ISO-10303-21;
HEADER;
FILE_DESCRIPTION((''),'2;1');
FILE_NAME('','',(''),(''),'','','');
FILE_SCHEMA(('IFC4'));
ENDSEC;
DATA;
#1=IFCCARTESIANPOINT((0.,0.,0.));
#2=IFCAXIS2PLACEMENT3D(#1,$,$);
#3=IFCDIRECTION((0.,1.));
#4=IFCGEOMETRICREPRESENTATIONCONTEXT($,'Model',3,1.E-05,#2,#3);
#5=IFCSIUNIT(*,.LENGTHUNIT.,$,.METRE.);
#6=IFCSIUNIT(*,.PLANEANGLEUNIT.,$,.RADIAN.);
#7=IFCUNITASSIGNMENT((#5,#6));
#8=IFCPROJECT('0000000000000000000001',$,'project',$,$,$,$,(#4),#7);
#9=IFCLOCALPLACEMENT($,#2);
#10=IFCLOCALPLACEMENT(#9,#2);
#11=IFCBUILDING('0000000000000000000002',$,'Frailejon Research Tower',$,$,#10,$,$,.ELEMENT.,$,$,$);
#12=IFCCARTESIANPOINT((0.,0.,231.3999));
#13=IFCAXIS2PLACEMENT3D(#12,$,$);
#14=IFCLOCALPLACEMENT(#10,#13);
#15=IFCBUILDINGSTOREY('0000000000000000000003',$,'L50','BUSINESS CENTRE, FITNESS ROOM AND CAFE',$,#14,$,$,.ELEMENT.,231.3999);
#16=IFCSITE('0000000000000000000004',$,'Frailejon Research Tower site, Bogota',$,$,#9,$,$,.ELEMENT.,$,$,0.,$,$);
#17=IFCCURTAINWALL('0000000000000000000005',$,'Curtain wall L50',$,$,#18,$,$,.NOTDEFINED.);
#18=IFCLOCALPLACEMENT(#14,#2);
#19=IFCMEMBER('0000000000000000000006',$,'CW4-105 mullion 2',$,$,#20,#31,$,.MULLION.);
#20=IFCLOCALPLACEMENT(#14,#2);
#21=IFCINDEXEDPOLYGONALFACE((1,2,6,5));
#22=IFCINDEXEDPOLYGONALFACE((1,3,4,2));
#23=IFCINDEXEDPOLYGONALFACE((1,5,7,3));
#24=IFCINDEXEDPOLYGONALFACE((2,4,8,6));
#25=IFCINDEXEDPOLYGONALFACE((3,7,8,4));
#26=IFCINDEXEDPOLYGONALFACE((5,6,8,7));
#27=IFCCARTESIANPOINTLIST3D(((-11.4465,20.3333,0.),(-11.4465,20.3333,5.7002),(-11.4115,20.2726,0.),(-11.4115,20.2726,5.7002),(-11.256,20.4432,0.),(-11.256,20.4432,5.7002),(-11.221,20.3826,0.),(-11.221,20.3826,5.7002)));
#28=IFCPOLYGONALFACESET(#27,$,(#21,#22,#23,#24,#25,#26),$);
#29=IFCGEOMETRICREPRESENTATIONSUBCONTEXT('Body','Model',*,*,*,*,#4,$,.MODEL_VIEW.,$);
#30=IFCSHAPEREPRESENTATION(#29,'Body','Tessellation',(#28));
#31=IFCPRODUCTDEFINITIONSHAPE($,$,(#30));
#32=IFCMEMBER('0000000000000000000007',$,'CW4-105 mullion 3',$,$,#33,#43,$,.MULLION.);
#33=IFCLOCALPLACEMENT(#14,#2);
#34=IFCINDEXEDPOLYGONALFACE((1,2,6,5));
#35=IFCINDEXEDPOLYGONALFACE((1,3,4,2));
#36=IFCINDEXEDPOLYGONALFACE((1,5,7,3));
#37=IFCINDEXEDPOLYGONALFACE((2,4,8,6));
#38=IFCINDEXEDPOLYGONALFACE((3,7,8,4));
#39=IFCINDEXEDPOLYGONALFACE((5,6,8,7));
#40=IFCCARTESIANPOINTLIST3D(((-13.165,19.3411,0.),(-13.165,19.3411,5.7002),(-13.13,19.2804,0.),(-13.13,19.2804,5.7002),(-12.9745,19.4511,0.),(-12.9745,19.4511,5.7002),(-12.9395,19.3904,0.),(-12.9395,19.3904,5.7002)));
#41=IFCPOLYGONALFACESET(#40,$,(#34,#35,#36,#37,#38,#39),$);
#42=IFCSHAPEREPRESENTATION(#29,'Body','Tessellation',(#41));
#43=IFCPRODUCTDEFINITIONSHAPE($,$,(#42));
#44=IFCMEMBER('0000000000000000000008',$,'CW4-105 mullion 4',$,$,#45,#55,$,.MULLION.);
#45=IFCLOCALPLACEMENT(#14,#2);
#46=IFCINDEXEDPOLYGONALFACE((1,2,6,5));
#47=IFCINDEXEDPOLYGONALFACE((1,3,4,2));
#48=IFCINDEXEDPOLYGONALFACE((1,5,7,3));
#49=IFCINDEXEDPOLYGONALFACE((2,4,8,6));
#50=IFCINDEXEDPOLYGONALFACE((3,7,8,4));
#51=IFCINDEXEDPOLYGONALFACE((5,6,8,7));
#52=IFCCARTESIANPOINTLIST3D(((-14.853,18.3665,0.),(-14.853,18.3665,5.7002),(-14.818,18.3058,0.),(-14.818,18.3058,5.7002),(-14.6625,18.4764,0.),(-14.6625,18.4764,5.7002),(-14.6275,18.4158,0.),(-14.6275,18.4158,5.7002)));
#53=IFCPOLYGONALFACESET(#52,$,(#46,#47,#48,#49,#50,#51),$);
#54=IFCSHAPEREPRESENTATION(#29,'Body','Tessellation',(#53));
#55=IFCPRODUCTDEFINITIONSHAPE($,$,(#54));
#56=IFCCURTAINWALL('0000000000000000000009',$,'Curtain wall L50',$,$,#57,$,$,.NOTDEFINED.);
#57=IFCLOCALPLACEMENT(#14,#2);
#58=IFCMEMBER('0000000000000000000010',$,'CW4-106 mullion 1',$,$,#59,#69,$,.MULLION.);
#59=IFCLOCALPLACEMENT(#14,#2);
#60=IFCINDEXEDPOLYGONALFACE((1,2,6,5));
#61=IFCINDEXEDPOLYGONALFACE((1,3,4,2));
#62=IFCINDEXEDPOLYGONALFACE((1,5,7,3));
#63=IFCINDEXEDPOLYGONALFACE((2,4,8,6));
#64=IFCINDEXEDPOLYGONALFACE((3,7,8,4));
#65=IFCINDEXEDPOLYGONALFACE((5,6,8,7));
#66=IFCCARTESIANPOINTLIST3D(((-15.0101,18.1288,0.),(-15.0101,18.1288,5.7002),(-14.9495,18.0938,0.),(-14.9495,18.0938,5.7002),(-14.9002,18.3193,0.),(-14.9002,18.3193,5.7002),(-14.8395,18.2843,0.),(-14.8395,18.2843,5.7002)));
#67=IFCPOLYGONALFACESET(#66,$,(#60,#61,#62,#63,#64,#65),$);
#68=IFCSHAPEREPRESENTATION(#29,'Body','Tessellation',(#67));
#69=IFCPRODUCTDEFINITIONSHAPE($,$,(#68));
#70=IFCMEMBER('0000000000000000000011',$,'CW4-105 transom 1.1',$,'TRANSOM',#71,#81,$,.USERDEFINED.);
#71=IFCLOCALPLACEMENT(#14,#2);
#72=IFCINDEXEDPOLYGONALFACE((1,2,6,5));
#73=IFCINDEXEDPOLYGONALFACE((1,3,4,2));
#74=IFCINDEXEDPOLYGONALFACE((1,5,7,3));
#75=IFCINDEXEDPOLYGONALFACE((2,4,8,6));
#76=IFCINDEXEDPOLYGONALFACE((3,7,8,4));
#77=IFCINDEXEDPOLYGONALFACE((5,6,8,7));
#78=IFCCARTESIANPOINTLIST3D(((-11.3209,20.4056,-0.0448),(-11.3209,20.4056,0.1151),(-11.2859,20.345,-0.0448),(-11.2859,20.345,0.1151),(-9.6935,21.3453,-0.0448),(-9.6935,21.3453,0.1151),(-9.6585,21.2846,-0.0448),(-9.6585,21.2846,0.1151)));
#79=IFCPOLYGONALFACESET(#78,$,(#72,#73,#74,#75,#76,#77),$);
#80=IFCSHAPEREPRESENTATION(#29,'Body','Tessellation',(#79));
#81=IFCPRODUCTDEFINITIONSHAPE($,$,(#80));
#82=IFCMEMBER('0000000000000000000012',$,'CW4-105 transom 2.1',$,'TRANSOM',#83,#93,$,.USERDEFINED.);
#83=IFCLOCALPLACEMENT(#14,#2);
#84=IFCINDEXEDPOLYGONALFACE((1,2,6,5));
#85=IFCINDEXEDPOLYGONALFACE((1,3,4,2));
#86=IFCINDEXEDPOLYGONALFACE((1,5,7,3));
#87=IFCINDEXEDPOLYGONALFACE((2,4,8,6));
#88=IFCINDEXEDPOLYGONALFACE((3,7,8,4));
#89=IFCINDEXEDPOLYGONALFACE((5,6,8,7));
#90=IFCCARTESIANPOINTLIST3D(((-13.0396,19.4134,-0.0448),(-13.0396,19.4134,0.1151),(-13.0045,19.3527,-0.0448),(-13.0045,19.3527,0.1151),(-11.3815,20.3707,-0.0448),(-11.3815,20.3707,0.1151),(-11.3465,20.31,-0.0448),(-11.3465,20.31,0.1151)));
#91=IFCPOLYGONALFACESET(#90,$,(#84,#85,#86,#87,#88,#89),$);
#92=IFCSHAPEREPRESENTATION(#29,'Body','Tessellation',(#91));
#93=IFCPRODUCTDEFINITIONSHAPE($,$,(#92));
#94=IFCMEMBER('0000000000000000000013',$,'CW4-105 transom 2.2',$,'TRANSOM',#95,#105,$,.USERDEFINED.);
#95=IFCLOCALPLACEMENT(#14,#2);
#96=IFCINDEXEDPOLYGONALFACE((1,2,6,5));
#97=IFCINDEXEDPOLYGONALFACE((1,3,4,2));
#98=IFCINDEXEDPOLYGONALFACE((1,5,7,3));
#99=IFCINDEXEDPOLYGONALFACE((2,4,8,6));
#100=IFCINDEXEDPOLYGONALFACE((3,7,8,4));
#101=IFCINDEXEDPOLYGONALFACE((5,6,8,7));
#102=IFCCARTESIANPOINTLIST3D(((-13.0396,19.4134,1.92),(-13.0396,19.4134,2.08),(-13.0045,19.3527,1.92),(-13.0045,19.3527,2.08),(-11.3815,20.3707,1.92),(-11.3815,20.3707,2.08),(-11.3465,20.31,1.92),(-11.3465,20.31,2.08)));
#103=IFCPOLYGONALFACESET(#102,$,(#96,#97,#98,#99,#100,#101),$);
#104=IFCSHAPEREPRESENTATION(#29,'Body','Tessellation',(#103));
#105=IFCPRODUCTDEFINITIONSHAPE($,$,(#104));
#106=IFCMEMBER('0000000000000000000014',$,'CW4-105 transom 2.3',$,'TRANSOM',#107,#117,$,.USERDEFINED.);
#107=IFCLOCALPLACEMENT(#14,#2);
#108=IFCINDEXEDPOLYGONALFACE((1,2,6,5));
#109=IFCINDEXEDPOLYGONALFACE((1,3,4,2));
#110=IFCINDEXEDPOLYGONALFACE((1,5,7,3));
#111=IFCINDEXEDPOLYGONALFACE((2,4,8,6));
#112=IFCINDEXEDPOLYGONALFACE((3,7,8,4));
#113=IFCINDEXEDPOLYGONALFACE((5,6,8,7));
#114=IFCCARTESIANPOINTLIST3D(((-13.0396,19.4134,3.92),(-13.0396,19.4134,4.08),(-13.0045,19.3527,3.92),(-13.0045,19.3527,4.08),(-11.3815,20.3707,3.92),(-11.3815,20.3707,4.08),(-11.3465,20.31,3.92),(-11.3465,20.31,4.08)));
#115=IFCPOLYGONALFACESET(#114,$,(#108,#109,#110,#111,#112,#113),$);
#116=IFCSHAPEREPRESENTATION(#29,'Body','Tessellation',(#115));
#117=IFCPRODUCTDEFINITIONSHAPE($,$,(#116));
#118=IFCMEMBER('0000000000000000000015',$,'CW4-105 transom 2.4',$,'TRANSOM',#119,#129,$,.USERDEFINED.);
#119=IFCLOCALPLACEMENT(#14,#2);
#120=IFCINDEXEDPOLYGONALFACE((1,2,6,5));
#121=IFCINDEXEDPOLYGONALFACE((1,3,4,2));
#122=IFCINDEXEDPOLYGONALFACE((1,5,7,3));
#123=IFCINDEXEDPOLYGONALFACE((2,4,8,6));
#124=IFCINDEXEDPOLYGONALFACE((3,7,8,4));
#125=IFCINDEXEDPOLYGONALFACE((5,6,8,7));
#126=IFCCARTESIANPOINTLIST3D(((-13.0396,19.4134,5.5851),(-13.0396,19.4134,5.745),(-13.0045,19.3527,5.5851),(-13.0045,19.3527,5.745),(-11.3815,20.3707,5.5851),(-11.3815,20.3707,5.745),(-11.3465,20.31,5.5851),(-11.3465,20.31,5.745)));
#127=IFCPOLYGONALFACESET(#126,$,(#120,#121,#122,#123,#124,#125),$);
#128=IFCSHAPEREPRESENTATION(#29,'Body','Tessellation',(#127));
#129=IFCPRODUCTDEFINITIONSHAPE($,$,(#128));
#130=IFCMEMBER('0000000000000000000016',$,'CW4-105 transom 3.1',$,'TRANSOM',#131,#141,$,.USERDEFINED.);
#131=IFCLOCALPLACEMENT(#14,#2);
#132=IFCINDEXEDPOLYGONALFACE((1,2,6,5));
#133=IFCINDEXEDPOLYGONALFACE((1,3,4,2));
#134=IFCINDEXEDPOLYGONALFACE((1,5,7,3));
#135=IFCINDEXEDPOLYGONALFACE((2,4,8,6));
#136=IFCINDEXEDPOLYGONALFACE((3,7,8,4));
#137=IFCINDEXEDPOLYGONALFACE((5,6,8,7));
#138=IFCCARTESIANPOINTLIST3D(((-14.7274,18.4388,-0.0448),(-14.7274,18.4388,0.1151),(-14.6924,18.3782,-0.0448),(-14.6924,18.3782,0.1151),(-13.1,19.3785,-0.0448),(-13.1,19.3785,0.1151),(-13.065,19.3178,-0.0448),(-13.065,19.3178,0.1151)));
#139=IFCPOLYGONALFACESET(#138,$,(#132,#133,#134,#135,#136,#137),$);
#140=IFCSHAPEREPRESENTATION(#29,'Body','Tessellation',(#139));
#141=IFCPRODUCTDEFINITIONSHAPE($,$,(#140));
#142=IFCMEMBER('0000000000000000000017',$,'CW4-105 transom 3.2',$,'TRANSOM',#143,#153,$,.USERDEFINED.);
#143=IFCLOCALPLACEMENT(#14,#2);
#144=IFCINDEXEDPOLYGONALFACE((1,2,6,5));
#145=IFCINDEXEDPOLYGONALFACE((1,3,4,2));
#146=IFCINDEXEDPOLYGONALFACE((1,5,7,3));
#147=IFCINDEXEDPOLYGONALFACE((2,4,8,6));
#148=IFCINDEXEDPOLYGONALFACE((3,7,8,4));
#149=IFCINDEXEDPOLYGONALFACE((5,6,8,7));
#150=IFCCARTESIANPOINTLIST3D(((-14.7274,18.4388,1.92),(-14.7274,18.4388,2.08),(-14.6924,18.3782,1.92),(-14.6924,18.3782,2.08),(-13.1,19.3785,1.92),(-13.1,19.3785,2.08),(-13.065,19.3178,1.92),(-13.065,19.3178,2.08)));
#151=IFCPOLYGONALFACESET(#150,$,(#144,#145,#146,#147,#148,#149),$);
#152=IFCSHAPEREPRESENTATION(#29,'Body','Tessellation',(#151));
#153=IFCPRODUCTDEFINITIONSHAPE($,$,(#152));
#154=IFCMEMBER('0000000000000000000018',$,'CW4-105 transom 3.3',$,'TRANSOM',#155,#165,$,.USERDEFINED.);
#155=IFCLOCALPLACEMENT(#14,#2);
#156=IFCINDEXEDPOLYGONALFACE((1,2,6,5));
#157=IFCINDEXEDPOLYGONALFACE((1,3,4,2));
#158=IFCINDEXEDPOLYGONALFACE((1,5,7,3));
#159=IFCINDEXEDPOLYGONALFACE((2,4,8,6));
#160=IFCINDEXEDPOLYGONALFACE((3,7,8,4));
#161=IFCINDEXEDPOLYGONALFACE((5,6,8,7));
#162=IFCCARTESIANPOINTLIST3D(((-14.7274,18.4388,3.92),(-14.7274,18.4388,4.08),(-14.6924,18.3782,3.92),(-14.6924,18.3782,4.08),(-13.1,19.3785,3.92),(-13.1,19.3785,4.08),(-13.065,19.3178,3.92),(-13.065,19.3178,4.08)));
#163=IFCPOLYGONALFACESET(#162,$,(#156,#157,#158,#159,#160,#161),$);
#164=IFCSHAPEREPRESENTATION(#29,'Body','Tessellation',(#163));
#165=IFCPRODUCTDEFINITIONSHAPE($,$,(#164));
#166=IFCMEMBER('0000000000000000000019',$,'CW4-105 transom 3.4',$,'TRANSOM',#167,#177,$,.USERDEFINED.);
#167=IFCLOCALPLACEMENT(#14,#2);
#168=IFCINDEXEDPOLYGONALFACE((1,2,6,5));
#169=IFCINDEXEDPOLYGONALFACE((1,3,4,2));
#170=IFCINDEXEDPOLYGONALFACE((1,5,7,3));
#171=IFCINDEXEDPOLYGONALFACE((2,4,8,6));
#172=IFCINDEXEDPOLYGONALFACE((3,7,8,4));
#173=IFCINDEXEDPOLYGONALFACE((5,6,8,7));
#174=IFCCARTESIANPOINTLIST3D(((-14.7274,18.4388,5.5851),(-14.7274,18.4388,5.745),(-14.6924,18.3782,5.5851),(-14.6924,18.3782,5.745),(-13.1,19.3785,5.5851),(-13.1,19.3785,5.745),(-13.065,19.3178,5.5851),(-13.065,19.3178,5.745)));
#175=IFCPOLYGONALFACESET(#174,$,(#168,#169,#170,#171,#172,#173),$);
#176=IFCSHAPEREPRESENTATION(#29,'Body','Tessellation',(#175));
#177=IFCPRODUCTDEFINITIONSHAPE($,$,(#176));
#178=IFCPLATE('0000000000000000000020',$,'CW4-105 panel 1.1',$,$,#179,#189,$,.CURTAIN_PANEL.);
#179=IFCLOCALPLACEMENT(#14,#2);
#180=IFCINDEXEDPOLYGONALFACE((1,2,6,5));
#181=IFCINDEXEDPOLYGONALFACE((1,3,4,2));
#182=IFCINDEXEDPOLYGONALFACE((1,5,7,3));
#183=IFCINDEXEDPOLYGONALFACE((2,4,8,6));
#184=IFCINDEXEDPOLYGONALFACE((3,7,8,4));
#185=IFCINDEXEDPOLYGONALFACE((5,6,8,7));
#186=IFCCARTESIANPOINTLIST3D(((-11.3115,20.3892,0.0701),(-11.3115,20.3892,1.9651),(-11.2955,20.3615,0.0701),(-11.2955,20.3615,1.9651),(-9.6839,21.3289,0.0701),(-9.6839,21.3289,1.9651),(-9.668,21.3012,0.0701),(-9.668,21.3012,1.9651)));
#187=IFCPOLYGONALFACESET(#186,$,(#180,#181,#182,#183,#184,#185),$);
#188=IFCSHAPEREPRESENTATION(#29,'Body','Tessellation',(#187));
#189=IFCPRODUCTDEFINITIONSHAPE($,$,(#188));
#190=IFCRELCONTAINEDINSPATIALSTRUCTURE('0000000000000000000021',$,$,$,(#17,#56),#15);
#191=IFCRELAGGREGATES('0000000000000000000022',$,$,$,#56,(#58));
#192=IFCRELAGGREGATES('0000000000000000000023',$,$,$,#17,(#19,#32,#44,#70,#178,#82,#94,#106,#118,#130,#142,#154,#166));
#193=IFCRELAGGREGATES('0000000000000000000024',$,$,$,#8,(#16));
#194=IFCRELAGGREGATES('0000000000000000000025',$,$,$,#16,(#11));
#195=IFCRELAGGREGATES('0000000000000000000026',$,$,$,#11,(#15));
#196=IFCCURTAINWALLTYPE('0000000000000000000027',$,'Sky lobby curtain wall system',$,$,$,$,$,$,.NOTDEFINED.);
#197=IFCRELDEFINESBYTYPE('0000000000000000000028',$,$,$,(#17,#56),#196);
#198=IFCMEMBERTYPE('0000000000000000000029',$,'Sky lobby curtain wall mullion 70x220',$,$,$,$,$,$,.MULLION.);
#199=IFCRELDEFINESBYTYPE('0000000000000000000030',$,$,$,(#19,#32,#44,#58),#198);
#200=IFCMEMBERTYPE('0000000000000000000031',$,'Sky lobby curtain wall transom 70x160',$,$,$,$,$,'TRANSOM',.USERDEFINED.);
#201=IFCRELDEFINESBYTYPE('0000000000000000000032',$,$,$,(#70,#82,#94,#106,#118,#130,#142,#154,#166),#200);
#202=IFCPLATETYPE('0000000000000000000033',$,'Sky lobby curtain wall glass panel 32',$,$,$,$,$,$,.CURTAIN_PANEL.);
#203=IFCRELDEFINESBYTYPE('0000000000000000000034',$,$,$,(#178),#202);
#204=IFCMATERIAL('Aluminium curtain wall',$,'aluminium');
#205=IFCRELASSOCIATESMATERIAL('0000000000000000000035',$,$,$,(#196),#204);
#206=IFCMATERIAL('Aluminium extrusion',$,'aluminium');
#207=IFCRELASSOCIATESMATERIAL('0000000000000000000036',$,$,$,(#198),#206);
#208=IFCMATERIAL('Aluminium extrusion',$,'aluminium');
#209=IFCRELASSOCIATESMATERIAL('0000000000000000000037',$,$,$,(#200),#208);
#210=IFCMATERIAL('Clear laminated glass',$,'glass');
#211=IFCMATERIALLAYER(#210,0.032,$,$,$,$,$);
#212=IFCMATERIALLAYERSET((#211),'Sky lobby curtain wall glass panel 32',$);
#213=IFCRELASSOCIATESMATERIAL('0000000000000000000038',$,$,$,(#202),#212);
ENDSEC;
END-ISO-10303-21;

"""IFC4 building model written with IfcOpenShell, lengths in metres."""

from ifc_helpers import new_model, si_unit, direction, frame, origin, origin_2d, place, context, subcontext, project, spatial, rectangle, extrude, material, layer, layer_set, material_profile, profile_set, type_object, element, aggregate, save


model = new_model("IFC4")

# Units and contexts
model_context = context("Model", 3, precision=1e-05, world=origin(), true_north=direction((0.0, 1.0)))
body_context = subcontext(model_context, "Body", "Model", "MODEL_VIEW")
ifc_project = project(units=[si_unit("LENGTHUNIT", "METRE"), si_unit("PLANEANGLEUNIT", "RADIAN")], contexts=[model_context])

# Site, building, storey
site_placement = place(None, origin())
site = spatial("IfcSite", under=ifc_project, at=site_placement, Name="Frailejon Research Tower site, Bogota", CompositionType="ELEMENT", RefElevation=0.0)
building_placement = place(site_placement, origin())
building = spatial("IfcBuilding", under=site, at=building_placement, Name="Frailejon Research Tower", CompositionType="ELEMENT")
storey_placement = place(building_placement, frame((0.0, 0.0, 231.3999)))
storey = spatial("IfcBuildingStorey", under=building, at=storey_placement, Name="L50", Description="BUSINESS CENTRE, FITNESS ROOM AND CAFE", CompositionType="ELEMENT", Elevation=231.3999)

# Curtain wall, members
ifc_material_1 = material(Name="Aluminium curtain wall", Category="aluminium")
curtain_wall_type = type_object("IfcCurtainWallType", Name="Sky lobby curtain wall system", PredefinedType="NOTDEFINED", material=ifc_material_1)
curtain_wall_1_placement = place(storey_placement, origin())
curtain_wall_1 = element("IfcCurtainWall", 1, at=curtain_wall_1_placement, inside=storey, type_object=curtain_wall_type, Name="Curtain wall L50", PredefinedType="NOTDEFINED")
ifc_material_2 = material(Name="Aluminium extrusion", Category="aluminium")
ifc_material_profile_1 = material_profile(ifc_material_2, rectangle(XDim=0.0701, YDim=0.22, at=origin_2d()), Name="Sky lobby curtain wall mullion 70x220")
ifc_profile_set_1 = profile_set([ifc_material_profile_1], Name="Aluminium extrusion")
member_type_1 = type_object("IfcMemberType", Name="Sky lobby curtain wall mullion 70x220", PredefinedType="MULLION", material=ifc_profile_set_1)
member_1_placement = place(storey_placement, frame((-11.3337, 20.3579, 0.0), z_axis=(0.0, 0.0, 1.0), x_axis=(0.500011, -0.866019, 0.0)))
member_1 = element("IfcMember", 2, at=member_1_placement, type_object=member_type_1, Name="CW4-105 mullion 2", PredefinedType="MULLION", context=body_context, shape_type="SweptSolid", body=[
    extrude(rectangle(XDim=0.0701, YDim=0.22, at=origin_2d()), origin(), (0.0, 0.0, 1.0), 5.7002),
])
member_2_placement = place(storey_placement, frame((-13.0522, 19.3657, 0.0), z_axis=(0.0, 0.0, 1.0), x_axis=(0.500011, -0.866019, 0.0)))
member_2 = element("IfcMember", 3, at=member_2_placement, type_object=member_type_1, Name="CW4-105 mullion 3", PredefinedType="MULLION", context=body_context, shape_type="SweptSolid", body=[
    extrude(rectangle(XDim=0.0701, YDim=0.22, at=origin_2d()), origin(), (0.0, 0.0, 1.0), 5.7002),
])
member_3_placement = place(storey_placement, frame((-14.7402, 18.3911, 0.0), z_axis=(0.0, 0.0, 1.0), x_axis=(0.500011, -0.866019, 0.0)))
member_3 = element("IfcMember", 4, at=member_3_placement, type_object=member_type_1, Name="CW4-105 mullion 4", PredefinedType="MULLION", context=body_context, shape_type="SweptSolid", body=[
    extrude(rectangle(XDim=0.0701, YDim=0.22, at=origin_2d()), origin(), (0.0, 0.0, 1.0), 5.7002),
])

# Curtain wall, member
curtain_wall_2_placement = place(storey_placement, origin())
curtain_wall_2 = element("IfcCurtainWall", 5, at=curtain_wall_2_placement, inside=storey, type_object=curtain_wall_type, Name="Curtain wall L50", PredefinedType="NOTDEFINED")
member_4_placement = place(storey_placement, frame((-14.9248, 18.2065, 0.0), z_axis=(0.0, 0.0, 1.0), x_axis=(0.866025, -0.5, 0.0)))
member_4 = element("IfcMember", 6, at=member_4_placement, type_object=member_type_1, Name="CW4-106 mullion 1", PredefinedType="MULLION", context=body_context, shape_type="SweptSolid", body=[
    extrude(rectangle(XDim=0.0701, YDim=0.22, at=origin_2d()), origin(), (0.0, 0.0, 1.0), 5.7002),
])
aggregate(curtain_wall_2, [member_4])

# Members
ifc_material_3 = material(Name="Aluminium extrusion", Category="aluminium")
ifc_material_profile_2 = material_profile(ifc_material_3, rectangle(XDim=0.0701, YDim=0.1599, at=origin_2d()), Name="Sky lobby curtain wall transom 70x160")
ifc_profile_set_2 = profile_set([ifc_material_profile_2], Name="Aluminium extrusion")
member_type_2 = type_object("IfcMemberType", Name="Sky lobby curtain wall transom 70x160", ElementType="TRANSOM", PredefinedType="USERDEFINED", material=ifc_profile_set_2)
member_5_placement = place(storey_placement, frame((-9.676, 21.3149, 0.0352), z_axis=(-0.866004, -0.500037, 0.0), x_axis=(0.500037, -0.866004, 0.0)))
member_5 = element("IfcMember", 7, at=member_5_placement, type_object=member_type_2, Name="CW4-105 transom 1.1", ObjectType="TRANSOM", PredefinedType="USERDEFINED", context=body_context, shape_type="SweptSolid", body=[
    extrude(rectangle(XDim=0.0701, YDim=0.1599, at=origin_2d()), origin(), (0.0, 0.0, 1.0), 1.8792),
])
member_6_placement = place(storey_placement, frame((-11.364, 20.3403, 0.0352), z_axis=(-0.866014, -0.50002, 0.0), x_axis=(0.50002, -0.866014, 0.0)))
member_6 = element("IfcMember", 8, at=member_6_placement, type_object=member_type_2, Name="CW4-105 transom 2.1", ObjectType="TRANSOM", PredefinedType="USERDEFINED", context=body_context, shape_type="SweptSolid", body=[
    extrude(rectangle(XDim=0.0701, YDim=0.1599, at=origin_2d()), origin(), (0.0, 0.0, 1.0), 1.9146),
])
member_7_placement = place(storey_placement, frame((-11.364, 20.3403, 2.0), z_axis=(-0.866014, -0.50002, 0.0), x_axis=(0.50002, -0.866014, 0.0)))
member_7 = element("IfcMember", 9, at=member_7_placement, type_object=member_type_2, Name="CW4-105 transom 2.2", ObjectType="TRANSOM", PredefinedType="USERDEFINED", context=body_context, shape_type="SweptSolid", body=[
    extrude(rectangle(XDim=0.0701, YDim=0.1599, at=origin_2d()), origin(), (0.0, 0.0, 1.0), 1.9146),
])
member_8_placement = place(storey_placement, frame((-11.364, 20.3403, 4.0), z_axis=(-0.866014, -0.50002, 0.0), x_axis=(0.50002, -0.866014, 0.0)))
member_8 = element("IfcMember", 10, at=member_8_placement, type_object=member_type_2, Name="CW4-105 transom 2.3", ObjectType="TRANSOM", PredefinedType="USERDEFINED", context=body_context, shape_type="SweptSolid", body=[
    extrude(rectangle(XDim=0.0701, YDim=0.1599, at=origin_2d()), origin(), (0.0, 0.0, 1.0), 1.9146),
])
member_9_placement = place(storey_placement, frame((-11.364, 20.3403, 5.665), z_axis=(-0.866014, -0.50002, 0.0), x_axis=(0.50002, -0.866014, 0.0)))
member_9 = element("IfcMember", 11, at=member_9_placement, type_object=member_type_2, Name="CW4-105 transom 2.4", ObjectType="TRANSOM", PredefinedType="USERDEFINED", context=body_context, shape_type="SweptSolid", body=[
    extrude(rectangle(XDim=0.0701, YDim=0.1599, at=origin_2d()), origin(), (0.0, 0.0, 1.0), 1.9146),
])
member_10_placement = place(storey_placement, frame((-13.0825, 19.3481, 0.0352), z_axis=(-0.866004, -0.500037, 0.0), x_axis=(0.500037, -0.866004, 0.0)))
member_10 = element("IfcMember", 12, at=member_10_placement, type_object=member_type_2, Name="CW4-105 transom 3.1", ObjectType="TRANSOM", PredefinedType="USERDEFINED", context=body_context, shape_type="SweptSolid", body=[
    extrude(rectangle(XDim=0.0701, YDim=0.1599, at=origin_2d()), origin(), (0.0, 0.0, 1.0), 1.8792),
])
member_11_placement = place(storey_placement, frame((-13.0825, 19.3481, 2.0), z_axis=(-0.866004, -0.500037, 0.0), x_axis=(0.500037, -0.866004, 0.0)))
member_11 = element("IfcMember", 13, at=member_11_placement, type_object=member_type_2, Name="CW4-105 transom 3.2", ObjectType="TRANSOM", PredefinedType="USERDEFINED", context=body_context, shape_type="SweptSolid", body=[
    extrude(rectangle(XDim=0.0701, YDim=0.1599, at=origin_2d()), origin(), (0.0, 0.0, 1.0), 1.8792),
])
member_12_placement = place(storey_placement, frame((-13.0825, 19.3481, 4.0), z_axis=(-0.866004, -0.500037, 0.0), x_axis=(0.500037, -0.866004, 0.0)))
member_12 = element("IfcMember", 14, at=member_12_placement, type_object=member_type_2, Name="CW4-105 transom 3.3", ObjectType="TRANSOM", PredefinedType="USERDEFINED", context=body_context, shape_type="SweptSolid", body=[
    extrude(rectangle(XDim=0.0701, YDim=0.1599, at=origin_2d()), origin(), (0.0, 0.0, 1.0), 1.8792),
])
member_13_placement = place(storey_placement, frame((-13.0825, 19.3481, 5.665), z_axis=(-0.866004, -0.500037, 0.0), x_axis=(0.500037, -0.866004, 0.0)))
member_13 = element("IfcMember", 15, at=member_13_placement, type_object=member_type_2, Name="CW4-105 transom 3.4", ObjectType="TRANSOM", PredefinedType="USERDEFINED", context=body_context, shape_type="SweptSolid", body=[
    extrude(rectangle(XDim=0.0701, YDim=0.1599, at=origin_2d()), origin(), (0.0, 0.0, 1.0), 1.8792),
])

# Plate
ifc_material_4 = material(Name="Clear laminated glass", Category="glass")
ifc_layer = layer(ifc_material_4, 0.032)
ifc_layer_set = layer_set([ifc_layer], Name="Sky lobby curtain wall glass panel 32")
plate_type = type_object("IfcPlateType", Name="Sky lobby curtain wall glass panel 32", PredefinedType="CURTAIN_PANEL", material=ifc_layer_set)
plate_1_placement = place(storey_placement, frame((-10.4897, 20.8452, 0.0701), z_axis=(0.0, 0.0, 1.0), x_axis=(-0.866019, -0.500011, 0.0)))
plate_1 = element("IfcPlate", 16, at=plate_1_placement, type_object=plate_type, Name="CW4-105 panel 1.1", PredefinedType="CURTAIN_PANEL", context=body_context, shape_type="SweptSolid", body=[
    extrude(rectangle(XDim=1.8794, YDim=0.032, at=origin_2d()), origin(), (0.0, 0.0, 1.0), 1.895),
])
aggregate(curtain_wall_1, [member_1, member_2, member_3, member_5, plate_1, member_6, member_7, member_8, member_9, member_10, member_11, member_12, member_13])

save(model, "model.ifc")
